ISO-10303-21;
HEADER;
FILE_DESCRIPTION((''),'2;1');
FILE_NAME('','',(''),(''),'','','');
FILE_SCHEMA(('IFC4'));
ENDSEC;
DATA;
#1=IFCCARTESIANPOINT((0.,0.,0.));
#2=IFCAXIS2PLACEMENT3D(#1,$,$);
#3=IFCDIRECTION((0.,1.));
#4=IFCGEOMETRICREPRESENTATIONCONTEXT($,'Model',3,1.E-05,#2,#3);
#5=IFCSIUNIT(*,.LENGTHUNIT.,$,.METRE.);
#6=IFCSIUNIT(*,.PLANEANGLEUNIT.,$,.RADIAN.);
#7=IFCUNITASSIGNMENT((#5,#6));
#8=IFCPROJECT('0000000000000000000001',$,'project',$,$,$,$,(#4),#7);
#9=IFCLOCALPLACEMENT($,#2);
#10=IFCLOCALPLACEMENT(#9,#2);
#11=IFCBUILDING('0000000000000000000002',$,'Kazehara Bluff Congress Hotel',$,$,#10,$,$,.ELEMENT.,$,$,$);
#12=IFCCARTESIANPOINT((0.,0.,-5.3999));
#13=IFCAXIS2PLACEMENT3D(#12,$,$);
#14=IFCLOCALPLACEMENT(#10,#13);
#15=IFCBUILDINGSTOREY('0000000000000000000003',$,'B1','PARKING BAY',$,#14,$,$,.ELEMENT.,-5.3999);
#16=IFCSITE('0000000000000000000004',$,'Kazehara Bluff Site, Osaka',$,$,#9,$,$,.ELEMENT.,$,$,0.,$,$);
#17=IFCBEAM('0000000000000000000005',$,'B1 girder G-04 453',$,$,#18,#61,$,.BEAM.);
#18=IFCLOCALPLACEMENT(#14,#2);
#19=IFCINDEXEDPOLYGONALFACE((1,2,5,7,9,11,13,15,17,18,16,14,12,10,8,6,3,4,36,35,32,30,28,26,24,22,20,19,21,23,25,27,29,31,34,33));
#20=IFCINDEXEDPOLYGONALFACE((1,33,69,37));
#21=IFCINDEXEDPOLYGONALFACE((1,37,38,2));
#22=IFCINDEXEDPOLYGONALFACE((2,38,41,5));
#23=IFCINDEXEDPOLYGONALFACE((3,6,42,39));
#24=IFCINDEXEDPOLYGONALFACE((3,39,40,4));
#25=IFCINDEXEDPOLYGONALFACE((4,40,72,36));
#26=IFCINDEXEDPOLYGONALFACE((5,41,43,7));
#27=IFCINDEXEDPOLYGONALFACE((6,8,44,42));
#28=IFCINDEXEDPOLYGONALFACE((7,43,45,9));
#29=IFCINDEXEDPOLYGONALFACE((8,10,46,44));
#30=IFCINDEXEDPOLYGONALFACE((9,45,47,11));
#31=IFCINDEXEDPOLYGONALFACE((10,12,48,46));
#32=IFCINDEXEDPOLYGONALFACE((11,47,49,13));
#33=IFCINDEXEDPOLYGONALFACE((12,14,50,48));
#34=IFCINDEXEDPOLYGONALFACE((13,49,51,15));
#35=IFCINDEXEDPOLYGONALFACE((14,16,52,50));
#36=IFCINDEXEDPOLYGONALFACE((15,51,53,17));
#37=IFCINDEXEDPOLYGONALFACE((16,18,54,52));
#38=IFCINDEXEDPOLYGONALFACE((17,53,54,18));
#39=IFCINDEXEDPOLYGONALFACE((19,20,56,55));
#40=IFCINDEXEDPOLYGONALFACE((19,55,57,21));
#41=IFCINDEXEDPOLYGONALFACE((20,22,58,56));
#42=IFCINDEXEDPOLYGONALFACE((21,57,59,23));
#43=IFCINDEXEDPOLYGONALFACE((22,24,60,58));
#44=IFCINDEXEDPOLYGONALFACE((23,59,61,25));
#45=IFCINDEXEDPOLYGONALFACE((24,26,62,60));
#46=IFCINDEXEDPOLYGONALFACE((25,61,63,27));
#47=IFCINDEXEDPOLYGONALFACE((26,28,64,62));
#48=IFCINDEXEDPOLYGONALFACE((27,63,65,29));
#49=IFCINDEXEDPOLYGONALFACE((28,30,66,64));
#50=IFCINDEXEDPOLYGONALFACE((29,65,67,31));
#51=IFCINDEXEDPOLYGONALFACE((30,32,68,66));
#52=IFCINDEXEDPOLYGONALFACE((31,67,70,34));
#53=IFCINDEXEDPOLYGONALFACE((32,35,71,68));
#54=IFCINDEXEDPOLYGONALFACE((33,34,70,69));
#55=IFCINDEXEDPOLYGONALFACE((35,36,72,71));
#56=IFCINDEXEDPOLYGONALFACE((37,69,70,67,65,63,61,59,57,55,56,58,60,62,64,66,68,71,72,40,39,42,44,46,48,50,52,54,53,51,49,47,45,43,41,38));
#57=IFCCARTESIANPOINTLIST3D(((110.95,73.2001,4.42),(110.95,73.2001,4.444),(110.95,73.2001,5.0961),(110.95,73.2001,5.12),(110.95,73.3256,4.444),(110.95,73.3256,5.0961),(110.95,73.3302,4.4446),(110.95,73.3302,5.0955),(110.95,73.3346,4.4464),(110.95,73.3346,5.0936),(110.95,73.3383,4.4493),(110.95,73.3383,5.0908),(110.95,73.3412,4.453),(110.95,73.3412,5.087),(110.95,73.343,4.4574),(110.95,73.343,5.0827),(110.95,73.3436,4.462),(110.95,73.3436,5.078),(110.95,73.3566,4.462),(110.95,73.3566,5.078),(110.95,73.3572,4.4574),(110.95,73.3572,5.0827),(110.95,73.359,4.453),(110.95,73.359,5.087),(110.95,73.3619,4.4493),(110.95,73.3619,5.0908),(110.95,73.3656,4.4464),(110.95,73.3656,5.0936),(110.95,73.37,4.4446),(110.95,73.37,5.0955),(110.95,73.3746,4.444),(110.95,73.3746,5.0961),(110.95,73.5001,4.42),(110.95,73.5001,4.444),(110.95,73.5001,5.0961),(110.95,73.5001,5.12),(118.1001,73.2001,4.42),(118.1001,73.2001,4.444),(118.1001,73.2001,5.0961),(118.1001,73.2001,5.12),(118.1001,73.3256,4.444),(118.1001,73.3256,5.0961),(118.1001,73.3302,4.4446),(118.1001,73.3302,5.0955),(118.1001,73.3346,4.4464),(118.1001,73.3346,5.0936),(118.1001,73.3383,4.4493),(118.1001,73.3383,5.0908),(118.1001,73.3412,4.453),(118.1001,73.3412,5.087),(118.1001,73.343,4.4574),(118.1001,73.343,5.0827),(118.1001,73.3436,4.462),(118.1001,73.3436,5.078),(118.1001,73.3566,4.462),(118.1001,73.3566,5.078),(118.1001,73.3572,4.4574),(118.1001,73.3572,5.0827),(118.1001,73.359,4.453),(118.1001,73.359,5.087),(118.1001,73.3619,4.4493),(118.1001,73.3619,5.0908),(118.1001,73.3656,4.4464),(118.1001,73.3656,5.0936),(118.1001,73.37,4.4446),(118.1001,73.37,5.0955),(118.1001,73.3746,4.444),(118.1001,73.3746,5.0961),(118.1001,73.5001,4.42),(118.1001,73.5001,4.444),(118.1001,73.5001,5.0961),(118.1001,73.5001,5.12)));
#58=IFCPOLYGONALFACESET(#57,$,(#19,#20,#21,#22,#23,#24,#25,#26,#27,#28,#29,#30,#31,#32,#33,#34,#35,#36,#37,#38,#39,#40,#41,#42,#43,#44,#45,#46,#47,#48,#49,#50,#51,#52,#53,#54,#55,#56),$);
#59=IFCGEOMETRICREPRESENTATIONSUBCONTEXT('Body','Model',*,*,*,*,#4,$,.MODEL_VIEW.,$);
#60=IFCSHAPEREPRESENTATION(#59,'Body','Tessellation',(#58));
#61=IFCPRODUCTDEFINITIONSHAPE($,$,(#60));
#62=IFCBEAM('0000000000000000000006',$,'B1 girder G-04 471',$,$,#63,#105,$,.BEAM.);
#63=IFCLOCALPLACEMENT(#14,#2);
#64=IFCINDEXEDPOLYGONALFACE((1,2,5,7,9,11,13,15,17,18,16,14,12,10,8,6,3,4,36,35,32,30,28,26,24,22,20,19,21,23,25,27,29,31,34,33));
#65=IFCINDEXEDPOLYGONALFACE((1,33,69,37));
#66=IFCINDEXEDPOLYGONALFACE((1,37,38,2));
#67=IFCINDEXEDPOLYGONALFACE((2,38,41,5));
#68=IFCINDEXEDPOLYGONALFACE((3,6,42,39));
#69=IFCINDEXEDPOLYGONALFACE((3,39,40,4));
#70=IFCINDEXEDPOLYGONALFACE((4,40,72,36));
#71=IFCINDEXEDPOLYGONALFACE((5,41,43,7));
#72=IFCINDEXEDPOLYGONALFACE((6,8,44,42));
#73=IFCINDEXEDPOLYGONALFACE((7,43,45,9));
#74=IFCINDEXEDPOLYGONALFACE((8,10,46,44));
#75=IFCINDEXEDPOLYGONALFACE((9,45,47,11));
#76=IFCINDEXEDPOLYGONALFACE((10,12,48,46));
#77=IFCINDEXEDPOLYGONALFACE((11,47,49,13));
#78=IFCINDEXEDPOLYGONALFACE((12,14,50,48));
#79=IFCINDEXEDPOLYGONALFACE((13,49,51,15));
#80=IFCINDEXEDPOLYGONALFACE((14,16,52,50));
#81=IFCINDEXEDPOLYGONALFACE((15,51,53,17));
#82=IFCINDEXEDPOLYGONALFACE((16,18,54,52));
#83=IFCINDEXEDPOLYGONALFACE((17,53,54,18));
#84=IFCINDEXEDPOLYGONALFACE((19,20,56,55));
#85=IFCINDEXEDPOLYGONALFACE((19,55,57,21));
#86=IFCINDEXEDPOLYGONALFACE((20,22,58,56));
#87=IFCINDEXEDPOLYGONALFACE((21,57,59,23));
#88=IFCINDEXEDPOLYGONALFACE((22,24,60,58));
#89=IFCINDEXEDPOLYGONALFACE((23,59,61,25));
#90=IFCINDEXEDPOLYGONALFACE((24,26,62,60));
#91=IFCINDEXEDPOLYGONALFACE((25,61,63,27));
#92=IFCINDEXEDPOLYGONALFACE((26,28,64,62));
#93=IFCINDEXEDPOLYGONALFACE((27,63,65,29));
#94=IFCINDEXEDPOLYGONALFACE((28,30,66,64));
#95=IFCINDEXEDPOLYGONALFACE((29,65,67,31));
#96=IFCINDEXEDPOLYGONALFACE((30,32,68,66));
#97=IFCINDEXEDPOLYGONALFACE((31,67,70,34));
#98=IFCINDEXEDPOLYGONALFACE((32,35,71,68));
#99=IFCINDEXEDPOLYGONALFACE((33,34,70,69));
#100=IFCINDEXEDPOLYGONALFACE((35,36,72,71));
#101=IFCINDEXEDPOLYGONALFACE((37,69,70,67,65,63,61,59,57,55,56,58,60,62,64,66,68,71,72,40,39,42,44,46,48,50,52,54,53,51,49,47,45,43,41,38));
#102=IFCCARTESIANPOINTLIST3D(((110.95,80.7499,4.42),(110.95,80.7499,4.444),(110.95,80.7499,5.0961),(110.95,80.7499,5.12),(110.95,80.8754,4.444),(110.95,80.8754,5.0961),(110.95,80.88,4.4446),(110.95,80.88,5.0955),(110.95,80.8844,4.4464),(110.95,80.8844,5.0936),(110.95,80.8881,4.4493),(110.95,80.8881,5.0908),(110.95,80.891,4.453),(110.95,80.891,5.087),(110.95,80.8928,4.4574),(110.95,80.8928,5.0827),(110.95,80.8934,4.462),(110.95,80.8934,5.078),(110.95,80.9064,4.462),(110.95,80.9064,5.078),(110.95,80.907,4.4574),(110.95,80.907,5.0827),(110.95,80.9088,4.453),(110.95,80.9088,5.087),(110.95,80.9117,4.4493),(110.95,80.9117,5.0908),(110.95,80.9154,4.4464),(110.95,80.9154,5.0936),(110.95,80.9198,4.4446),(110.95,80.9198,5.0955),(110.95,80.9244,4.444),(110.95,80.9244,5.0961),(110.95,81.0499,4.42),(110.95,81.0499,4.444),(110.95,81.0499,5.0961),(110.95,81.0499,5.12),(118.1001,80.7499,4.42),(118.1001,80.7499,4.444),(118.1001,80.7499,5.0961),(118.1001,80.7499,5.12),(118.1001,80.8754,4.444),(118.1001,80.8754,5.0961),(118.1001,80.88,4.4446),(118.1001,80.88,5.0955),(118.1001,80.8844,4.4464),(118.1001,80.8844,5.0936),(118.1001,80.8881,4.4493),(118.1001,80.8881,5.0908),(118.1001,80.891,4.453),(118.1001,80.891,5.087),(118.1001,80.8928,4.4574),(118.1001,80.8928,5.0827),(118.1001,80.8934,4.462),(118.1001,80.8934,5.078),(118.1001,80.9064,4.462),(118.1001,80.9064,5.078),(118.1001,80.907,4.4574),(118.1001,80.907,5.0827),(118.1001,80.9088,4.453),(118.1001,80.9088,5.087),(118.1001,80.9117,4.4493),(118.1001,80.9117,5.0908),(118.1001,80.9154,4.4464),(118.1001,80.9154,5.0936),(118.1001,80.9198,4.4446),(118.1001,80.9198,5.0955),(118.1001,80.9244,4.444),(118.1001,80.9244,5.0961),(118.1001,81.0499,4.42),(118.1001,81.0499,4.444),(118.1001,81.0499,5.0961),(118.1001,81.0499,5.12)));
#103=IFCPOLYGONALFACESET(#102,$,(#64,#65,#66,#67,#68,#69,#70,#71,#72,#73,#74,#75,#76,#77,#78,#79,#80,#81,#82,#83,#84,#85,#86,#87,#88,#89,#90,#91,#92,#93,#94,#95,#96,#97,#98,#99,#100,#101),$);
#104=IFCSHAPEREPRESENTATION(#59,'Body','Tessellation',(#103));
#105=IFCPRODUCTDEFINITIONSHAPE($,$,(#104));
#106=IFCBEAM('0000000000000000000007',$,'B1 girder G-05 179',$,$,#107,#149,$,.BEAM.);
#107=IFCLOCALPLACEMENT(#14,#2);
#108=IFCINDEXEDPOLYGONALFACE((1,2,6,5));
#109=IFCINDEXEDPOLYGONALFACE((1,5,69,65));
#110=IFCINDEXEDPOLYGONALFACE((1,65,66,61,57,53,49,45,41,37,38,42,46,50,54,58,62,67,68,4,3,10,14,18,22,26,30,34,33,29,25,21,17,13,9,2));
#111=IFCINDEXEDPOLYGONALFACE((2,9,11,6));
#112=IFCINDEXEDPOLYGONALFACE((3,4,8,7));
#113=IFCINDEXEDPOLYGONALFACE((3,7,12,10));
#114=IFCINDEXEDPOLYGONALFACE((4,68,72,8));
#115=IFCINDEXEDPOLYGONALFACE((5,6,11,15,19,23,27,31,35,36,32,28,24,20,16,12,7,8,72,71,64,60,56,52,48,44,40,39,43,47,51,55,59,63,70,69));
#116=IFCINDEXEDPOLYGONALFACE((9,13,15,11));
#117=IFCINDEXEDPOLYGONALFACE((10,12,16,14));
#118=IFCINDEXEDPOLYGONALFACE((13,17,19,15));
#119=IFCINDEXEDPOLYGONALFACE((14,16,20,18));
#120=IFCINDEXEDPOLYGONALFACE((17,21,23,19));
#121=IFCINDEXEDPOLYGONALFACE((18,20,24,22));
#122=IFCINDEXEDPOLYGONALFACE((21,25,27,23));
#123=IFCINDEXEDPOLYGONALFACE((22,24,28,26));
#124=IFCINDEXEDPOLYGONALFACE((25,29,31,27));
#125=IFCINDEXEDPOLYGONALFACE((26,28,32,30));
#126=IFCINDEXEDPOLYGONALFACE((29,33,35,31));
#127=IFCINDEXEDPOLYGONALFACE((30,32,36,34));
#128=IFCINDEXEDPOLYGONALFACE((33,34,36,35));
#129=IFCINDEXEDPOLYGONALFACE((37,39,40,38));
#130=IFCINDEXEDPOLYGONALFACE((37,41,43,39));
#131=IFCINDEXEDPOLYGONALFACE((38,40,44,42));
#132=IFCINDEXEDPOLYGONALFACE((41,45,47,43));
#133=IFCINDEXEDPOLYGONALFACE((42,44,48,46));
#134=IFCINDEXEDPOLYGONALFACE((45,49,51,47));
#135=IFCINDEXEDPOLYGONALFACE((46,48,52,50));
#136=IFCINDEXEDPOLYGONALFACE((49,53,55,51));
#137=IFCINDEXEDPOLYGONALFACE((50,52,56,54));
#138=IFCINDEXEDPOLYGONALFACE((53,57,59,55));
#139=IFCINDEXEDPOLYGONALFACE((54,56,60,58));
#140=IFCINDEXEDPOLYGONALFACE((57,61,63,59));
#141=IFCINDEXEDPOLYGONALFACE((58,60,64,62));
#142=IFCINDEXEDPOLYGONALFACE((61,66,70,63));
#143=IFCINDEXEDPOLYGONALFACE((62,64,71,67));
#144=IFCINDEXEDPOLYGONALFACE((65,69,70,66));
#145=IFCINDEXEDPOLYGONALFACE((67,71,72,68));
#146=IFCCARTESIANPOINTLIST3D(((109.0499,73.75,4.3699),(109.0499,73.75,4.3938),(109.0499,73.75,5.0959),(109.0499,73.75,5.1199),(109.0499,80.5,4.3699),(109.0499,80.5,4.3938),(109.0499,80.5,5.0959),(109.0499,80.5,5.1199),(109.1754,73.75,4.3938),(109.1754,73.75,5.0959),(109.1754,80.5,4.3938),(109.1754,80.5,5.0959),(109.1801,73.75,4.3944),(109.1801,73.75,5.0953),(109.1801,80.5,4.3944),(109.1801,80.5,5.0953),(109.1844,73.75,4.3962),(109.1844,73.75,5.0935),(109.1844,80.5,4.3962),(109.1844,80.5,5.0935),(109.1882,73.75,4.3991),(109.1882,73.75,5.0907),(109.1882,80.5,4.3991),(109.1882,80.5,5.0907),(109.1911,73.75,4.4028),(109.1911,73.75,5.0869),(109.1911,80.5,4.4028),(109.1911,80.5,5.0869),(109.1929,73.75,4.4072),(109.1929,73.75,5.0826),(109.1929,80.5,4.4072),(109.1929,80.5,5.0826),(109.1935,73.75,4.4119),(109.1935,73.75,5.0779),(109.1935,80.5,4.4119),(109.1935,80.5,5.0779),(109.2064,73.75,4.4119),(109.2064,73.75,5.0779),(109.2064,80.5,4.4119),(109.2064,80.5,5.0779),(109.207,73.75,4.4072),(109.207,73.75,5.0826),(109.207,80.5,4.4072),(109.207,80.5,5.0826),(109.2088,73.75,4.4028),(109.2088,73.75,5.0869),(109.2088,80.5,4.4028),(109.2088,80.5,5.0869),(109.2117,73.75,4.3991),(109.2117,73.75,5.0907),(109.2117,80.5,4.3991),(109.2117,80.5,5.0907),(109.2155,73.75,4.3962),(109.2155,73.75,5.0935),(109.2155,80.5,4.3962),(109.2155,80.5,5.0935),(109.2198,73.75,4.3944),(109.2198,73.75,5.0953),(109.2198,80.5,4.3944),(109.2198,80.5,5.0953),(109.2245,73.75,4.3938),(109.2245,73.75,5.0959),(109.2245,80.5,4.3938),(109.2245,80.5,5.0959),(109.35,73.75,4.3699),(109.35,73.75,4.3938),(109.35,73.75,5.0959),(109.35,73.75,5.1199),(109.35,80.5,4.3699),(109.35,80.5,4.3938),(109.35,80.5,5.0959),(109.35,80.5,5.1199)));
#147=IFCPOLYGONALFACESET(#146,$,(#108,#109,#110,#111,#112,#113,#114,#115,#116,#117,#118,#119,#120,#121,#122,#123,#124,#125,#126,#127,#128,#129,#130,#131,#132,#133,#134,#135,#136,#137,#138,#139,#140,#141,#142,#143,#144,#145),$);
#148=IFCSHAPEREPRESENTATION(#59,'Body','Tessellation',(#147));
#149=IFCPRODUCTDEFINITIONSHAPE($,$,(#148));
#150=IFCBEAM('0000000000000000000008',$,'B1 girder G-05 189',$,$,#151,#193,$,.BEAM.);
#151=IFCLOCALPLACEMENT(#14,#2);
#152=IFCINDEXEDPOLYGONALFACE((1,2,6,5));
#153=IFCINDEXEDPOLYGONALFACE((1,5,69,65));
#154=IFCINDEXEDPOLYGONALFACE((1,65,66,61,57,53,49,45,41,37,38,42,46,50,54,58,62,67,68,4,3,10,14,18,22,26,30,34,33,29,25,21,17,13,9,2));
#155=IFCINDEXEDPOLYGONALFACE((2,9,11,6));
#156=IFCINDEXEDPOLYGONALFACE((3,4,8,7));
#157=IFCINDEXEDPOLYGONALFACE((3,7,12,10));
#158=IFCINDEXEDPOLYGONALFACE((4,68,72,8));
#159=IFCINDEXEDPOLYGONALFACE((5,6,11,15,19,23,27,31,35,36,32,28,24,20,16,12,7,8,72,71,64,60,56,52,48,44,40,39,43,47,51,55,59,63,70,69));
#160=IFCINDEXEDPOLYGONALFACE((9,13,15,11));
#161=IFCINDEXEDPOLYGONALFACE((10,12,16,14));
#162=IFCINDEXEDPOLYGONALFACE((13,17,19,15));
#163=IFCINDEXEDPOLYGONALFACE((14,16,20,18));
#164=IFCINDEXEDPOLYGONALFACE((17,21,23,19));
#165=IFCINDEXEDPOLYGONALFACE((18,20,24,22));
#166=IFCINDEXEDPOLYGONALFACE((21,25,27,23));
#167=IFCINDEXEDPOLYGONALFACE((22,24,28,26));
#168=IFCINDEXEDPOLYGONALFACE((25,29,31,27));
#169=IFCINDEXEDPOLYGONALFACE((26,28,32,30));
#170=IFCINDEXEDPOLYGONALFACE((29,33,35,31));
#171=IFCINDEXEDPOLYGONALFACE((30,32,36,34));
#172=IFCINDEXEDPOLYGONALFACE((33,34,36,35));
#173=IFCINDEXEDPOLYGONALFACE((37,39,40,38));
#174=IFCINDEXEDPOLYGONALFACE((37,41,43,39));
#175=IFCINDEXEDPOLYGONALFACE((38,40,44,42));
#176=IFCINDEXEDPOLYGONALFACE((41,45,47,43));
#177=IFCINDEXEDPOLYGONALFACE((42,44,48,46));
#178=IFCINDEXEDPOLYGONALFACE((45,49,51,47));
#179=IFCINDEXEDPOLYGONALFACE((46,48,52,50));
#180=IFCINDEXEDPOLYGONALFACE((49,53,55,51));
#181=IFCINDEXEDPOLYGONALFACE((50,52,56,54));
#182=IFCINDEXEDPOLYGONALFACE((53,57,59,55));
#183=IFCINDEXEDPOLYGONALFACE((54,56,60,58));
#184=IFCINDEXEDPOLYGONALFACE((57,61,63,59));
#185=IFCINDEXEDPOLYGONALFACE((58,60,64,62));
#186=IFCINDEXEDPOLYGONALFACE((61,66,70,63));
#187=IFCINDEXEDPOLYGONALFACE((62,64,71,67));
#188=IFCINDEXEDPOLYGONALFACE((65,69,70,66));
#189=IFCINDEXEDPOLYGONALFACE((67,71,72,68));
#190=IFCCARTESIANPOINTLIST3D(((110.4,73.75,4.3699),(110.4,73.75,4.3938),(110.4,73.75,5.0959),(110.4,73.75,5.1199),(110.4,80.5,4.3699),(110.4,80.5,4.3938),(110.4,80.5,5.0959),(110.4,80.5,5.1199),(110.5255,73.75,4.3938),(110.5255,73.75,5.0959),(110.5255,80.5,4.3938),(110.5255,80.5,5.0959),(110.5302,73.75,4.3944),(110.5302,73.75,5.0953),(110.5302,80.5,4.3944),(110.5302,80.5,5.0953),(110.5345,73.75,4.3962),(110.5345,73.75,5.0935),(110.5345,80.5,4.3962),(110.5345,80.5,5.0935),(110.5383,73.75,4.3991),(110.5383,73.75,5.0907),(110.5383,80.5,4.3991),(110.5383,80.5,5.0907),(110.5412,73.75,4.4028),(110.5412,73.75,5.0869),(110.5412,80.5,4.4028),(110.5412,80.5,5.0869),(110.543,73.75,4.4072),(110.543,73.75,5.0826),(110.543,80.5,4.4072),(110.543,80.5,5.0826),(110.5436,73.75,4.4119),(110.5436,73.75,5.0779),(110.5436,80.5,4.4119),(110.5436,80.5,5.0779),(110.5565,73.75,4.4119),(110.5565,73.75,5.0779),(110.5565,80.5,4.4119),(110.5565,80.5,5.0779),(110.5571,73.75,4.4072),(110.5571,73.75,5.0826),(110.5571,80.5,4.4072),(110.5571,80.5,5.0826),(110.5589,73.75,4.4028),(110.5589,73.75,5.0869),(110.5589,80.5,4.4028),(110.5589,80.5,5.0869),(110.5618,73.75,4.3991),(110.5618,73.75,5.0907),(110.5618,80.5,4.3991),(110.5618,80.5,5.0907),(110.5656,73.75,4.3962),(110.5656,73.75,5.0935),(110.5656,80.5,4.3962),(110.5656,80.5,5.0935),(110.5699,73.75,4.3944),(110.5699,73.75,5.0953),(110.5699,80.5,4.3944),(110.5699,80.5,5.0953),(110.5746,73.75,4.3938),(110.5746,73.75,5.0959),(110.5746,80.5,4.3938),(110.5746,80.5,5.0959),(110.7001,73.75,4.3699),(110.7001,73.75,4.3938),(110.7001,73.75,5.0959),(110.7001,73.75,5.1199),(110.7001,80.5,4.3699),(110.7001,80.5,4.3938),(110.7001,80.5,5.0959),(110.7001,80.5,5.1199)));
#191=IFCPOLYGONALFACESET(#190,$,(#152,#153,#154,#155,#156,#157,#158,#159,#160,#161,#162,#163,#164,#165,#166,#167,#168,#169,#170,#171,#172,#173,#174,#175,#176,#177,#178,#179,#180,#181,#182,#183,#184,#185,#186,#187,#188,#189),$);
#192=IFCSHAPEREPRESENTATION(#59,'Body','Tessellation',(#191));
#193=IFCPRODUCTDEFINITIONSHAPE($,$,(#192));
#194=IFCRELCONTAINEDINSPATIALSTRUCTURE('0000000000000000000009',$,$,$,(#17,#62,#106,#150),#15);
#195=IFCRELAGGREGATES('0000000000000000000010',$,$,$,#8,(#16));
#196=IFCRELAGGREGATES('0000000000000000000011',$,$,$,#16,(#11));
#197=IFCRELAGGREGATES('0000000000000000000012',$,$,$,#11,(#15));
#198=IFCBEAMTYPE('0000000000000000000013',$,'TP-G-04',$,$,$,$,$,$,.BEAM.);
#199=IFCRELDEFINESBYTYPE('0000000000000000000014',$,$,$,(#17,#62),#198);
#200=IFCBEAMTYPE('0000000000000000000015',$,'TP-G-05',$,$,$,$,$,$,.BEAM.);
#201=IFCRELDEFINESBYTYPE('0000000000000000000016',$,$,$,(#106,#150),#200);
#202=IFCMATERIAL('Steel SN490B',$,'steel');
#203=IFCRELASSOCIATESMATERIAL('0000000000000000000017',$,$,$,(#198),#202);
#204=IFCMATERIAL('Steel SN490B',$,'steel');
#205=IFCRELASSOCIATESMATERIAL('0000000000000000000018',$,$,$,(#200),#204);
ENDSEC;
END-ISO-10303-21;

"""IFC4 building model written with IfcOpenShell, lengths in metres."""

from ifc_helpers import new_model, si_unit, direction, frame, origin, origin_2d, place, context, subcontext, project, spatial, i_section, extrude, material, material_profile, profile_set, type_object, element, save


model = new_model("IFC4")

# Units and contexts
model_context = context("Model", 3, precision=1e-05, world=origin(), true_north=direction((0.0, 1.0)))
body_context = subcontext(model_context, "Body", "Model", "MODEL_VIEW")
ifc_project = project(units=[si_unit("LENGTHUNIT", "METRE"), si_unit("PLANEANGLEUNIT", "RADIAN")], contexts=[model_context])

# Site, building, storey
site_placement = place(None, origin())
site = spatial("IfcSite", under=ifc_project, at=site_placement, Name="Kazehara Bluff Site, Osaka", CompositionType="ELEMENT", RefElevation=0.0)
building_placement = place(site_placement, origin())
building = spatial("IfcBuilding", under=site, at=building_placement, Name="Kazehara Bluff Congress Hotel", CompositionType="ELEMENT")
storey_placement = place(building_placement, frame((0.0, 0.0, -5.3999)))
storey = spatial("IfcBuildingStorey", under=building, at=storey_placement, Name="B1", Description="PARKING BAY", CompositionType="ELEMENT", Elevation=-5.3999)

# Beams
ifc_material_1 = material(Name="Steel SN490B", Category="steel")
ifc_material_profile_1 = material_profile(ifc_material_1, i_section(OverallWidth=0.3, OverallDepth=0.7, WebThickness=0.0129, FlangeThickness=0.0239, FilletRadius=0.0181, at=origin_2d()))
ifc_profile_set_1 = profile_set([ifc_material_profile_1], Name="Steel SN490B")
beam_type_1 = type_object("IfcBeamType", Name="TP-G-04", PredefinedType="BEAM", material=ifc_profile_set_1)
for number, where, z_axis, x_axis, name in (
    (1, (110.95, 73.3501, 4.77), (1.0, 0.0, 0.0), (0.0, 1.0, 0.0), "B1 girder G-04 453"),
    (2, (110.95, 80.8999, 4.77), (1.0, 0.0, 0.0), (0.0, 1.0, 0.0), "B1 girder G-04 471"),
):
    element("IfcBeam", number, at=place(storey_placement, frame(where, z_axis=z_axis, x_axis=x_axis)), inside=storey, type_object=beam_type_1, Name=name, PredefinedType="BEAM", context=body_context, shape_type="SweptSolid", body=[
        extrude(i_section(OverallWidth=0.3, OverallDepth=0.7, WebThickness=0.0129, FlangeThickness=0.0239, FilletRadius=0.0181, at=origin_2d()), origin(), (0.0, 0.0, 1.0), 7.1501),
    ])
ifc_material_2 = material(Name="Steel SN490B", Category="steel")
ifc_material_profile_2 = material_profile(ifc_material_2, i_section(OverallWidth=0.3, OverallDepth=0.75, WebThickness=0.0129, FlangeThickness=0.0239, FilletRadius=0.0181, at=origin_2d()))
ifc_profile_set_2 = profile_set([ifc_material_profile_2], Name="Steel SN490B")
beam_type_2 = type_object("IfcBeamType", Name="TP-G-05", PredefinedType="BEAM", material=ifc_profile_set_2)
for number, where, z_axis, x_axis, name in (
    (3, (109.2, 73.75, 4.7449), (0.0, 1.0, 0.0), (-1.0, 0.0, 0.0), "B1 girder G-05 179"),
    (4, (110.55, 73.75, 4.7449), (0.0, 1.0, 0.0), (-1.0, 0.0, 0.0), "B1 girder G-05 189"),
):
    element("IfcBeam", number, at=place(storey_placement, frame(where, z_axis=z_axis, x_axis=x_axis)), inside=storey, type_object=beam_type_2, Name=name, PredefinedType="BEAM", context=body_context, shape_type="SweptSolid", body=[
        extrude(i_section(OverallWidth=0.3, OverallDepth=0.75, WebThickness=0.0129, FlangeThickness=0.0239, FilletRadius=0.0181, at=origin_2d()), origin(), (0.0, 0.0, 1.0), 6.75),
    ])

save(model, "model.ifc")
